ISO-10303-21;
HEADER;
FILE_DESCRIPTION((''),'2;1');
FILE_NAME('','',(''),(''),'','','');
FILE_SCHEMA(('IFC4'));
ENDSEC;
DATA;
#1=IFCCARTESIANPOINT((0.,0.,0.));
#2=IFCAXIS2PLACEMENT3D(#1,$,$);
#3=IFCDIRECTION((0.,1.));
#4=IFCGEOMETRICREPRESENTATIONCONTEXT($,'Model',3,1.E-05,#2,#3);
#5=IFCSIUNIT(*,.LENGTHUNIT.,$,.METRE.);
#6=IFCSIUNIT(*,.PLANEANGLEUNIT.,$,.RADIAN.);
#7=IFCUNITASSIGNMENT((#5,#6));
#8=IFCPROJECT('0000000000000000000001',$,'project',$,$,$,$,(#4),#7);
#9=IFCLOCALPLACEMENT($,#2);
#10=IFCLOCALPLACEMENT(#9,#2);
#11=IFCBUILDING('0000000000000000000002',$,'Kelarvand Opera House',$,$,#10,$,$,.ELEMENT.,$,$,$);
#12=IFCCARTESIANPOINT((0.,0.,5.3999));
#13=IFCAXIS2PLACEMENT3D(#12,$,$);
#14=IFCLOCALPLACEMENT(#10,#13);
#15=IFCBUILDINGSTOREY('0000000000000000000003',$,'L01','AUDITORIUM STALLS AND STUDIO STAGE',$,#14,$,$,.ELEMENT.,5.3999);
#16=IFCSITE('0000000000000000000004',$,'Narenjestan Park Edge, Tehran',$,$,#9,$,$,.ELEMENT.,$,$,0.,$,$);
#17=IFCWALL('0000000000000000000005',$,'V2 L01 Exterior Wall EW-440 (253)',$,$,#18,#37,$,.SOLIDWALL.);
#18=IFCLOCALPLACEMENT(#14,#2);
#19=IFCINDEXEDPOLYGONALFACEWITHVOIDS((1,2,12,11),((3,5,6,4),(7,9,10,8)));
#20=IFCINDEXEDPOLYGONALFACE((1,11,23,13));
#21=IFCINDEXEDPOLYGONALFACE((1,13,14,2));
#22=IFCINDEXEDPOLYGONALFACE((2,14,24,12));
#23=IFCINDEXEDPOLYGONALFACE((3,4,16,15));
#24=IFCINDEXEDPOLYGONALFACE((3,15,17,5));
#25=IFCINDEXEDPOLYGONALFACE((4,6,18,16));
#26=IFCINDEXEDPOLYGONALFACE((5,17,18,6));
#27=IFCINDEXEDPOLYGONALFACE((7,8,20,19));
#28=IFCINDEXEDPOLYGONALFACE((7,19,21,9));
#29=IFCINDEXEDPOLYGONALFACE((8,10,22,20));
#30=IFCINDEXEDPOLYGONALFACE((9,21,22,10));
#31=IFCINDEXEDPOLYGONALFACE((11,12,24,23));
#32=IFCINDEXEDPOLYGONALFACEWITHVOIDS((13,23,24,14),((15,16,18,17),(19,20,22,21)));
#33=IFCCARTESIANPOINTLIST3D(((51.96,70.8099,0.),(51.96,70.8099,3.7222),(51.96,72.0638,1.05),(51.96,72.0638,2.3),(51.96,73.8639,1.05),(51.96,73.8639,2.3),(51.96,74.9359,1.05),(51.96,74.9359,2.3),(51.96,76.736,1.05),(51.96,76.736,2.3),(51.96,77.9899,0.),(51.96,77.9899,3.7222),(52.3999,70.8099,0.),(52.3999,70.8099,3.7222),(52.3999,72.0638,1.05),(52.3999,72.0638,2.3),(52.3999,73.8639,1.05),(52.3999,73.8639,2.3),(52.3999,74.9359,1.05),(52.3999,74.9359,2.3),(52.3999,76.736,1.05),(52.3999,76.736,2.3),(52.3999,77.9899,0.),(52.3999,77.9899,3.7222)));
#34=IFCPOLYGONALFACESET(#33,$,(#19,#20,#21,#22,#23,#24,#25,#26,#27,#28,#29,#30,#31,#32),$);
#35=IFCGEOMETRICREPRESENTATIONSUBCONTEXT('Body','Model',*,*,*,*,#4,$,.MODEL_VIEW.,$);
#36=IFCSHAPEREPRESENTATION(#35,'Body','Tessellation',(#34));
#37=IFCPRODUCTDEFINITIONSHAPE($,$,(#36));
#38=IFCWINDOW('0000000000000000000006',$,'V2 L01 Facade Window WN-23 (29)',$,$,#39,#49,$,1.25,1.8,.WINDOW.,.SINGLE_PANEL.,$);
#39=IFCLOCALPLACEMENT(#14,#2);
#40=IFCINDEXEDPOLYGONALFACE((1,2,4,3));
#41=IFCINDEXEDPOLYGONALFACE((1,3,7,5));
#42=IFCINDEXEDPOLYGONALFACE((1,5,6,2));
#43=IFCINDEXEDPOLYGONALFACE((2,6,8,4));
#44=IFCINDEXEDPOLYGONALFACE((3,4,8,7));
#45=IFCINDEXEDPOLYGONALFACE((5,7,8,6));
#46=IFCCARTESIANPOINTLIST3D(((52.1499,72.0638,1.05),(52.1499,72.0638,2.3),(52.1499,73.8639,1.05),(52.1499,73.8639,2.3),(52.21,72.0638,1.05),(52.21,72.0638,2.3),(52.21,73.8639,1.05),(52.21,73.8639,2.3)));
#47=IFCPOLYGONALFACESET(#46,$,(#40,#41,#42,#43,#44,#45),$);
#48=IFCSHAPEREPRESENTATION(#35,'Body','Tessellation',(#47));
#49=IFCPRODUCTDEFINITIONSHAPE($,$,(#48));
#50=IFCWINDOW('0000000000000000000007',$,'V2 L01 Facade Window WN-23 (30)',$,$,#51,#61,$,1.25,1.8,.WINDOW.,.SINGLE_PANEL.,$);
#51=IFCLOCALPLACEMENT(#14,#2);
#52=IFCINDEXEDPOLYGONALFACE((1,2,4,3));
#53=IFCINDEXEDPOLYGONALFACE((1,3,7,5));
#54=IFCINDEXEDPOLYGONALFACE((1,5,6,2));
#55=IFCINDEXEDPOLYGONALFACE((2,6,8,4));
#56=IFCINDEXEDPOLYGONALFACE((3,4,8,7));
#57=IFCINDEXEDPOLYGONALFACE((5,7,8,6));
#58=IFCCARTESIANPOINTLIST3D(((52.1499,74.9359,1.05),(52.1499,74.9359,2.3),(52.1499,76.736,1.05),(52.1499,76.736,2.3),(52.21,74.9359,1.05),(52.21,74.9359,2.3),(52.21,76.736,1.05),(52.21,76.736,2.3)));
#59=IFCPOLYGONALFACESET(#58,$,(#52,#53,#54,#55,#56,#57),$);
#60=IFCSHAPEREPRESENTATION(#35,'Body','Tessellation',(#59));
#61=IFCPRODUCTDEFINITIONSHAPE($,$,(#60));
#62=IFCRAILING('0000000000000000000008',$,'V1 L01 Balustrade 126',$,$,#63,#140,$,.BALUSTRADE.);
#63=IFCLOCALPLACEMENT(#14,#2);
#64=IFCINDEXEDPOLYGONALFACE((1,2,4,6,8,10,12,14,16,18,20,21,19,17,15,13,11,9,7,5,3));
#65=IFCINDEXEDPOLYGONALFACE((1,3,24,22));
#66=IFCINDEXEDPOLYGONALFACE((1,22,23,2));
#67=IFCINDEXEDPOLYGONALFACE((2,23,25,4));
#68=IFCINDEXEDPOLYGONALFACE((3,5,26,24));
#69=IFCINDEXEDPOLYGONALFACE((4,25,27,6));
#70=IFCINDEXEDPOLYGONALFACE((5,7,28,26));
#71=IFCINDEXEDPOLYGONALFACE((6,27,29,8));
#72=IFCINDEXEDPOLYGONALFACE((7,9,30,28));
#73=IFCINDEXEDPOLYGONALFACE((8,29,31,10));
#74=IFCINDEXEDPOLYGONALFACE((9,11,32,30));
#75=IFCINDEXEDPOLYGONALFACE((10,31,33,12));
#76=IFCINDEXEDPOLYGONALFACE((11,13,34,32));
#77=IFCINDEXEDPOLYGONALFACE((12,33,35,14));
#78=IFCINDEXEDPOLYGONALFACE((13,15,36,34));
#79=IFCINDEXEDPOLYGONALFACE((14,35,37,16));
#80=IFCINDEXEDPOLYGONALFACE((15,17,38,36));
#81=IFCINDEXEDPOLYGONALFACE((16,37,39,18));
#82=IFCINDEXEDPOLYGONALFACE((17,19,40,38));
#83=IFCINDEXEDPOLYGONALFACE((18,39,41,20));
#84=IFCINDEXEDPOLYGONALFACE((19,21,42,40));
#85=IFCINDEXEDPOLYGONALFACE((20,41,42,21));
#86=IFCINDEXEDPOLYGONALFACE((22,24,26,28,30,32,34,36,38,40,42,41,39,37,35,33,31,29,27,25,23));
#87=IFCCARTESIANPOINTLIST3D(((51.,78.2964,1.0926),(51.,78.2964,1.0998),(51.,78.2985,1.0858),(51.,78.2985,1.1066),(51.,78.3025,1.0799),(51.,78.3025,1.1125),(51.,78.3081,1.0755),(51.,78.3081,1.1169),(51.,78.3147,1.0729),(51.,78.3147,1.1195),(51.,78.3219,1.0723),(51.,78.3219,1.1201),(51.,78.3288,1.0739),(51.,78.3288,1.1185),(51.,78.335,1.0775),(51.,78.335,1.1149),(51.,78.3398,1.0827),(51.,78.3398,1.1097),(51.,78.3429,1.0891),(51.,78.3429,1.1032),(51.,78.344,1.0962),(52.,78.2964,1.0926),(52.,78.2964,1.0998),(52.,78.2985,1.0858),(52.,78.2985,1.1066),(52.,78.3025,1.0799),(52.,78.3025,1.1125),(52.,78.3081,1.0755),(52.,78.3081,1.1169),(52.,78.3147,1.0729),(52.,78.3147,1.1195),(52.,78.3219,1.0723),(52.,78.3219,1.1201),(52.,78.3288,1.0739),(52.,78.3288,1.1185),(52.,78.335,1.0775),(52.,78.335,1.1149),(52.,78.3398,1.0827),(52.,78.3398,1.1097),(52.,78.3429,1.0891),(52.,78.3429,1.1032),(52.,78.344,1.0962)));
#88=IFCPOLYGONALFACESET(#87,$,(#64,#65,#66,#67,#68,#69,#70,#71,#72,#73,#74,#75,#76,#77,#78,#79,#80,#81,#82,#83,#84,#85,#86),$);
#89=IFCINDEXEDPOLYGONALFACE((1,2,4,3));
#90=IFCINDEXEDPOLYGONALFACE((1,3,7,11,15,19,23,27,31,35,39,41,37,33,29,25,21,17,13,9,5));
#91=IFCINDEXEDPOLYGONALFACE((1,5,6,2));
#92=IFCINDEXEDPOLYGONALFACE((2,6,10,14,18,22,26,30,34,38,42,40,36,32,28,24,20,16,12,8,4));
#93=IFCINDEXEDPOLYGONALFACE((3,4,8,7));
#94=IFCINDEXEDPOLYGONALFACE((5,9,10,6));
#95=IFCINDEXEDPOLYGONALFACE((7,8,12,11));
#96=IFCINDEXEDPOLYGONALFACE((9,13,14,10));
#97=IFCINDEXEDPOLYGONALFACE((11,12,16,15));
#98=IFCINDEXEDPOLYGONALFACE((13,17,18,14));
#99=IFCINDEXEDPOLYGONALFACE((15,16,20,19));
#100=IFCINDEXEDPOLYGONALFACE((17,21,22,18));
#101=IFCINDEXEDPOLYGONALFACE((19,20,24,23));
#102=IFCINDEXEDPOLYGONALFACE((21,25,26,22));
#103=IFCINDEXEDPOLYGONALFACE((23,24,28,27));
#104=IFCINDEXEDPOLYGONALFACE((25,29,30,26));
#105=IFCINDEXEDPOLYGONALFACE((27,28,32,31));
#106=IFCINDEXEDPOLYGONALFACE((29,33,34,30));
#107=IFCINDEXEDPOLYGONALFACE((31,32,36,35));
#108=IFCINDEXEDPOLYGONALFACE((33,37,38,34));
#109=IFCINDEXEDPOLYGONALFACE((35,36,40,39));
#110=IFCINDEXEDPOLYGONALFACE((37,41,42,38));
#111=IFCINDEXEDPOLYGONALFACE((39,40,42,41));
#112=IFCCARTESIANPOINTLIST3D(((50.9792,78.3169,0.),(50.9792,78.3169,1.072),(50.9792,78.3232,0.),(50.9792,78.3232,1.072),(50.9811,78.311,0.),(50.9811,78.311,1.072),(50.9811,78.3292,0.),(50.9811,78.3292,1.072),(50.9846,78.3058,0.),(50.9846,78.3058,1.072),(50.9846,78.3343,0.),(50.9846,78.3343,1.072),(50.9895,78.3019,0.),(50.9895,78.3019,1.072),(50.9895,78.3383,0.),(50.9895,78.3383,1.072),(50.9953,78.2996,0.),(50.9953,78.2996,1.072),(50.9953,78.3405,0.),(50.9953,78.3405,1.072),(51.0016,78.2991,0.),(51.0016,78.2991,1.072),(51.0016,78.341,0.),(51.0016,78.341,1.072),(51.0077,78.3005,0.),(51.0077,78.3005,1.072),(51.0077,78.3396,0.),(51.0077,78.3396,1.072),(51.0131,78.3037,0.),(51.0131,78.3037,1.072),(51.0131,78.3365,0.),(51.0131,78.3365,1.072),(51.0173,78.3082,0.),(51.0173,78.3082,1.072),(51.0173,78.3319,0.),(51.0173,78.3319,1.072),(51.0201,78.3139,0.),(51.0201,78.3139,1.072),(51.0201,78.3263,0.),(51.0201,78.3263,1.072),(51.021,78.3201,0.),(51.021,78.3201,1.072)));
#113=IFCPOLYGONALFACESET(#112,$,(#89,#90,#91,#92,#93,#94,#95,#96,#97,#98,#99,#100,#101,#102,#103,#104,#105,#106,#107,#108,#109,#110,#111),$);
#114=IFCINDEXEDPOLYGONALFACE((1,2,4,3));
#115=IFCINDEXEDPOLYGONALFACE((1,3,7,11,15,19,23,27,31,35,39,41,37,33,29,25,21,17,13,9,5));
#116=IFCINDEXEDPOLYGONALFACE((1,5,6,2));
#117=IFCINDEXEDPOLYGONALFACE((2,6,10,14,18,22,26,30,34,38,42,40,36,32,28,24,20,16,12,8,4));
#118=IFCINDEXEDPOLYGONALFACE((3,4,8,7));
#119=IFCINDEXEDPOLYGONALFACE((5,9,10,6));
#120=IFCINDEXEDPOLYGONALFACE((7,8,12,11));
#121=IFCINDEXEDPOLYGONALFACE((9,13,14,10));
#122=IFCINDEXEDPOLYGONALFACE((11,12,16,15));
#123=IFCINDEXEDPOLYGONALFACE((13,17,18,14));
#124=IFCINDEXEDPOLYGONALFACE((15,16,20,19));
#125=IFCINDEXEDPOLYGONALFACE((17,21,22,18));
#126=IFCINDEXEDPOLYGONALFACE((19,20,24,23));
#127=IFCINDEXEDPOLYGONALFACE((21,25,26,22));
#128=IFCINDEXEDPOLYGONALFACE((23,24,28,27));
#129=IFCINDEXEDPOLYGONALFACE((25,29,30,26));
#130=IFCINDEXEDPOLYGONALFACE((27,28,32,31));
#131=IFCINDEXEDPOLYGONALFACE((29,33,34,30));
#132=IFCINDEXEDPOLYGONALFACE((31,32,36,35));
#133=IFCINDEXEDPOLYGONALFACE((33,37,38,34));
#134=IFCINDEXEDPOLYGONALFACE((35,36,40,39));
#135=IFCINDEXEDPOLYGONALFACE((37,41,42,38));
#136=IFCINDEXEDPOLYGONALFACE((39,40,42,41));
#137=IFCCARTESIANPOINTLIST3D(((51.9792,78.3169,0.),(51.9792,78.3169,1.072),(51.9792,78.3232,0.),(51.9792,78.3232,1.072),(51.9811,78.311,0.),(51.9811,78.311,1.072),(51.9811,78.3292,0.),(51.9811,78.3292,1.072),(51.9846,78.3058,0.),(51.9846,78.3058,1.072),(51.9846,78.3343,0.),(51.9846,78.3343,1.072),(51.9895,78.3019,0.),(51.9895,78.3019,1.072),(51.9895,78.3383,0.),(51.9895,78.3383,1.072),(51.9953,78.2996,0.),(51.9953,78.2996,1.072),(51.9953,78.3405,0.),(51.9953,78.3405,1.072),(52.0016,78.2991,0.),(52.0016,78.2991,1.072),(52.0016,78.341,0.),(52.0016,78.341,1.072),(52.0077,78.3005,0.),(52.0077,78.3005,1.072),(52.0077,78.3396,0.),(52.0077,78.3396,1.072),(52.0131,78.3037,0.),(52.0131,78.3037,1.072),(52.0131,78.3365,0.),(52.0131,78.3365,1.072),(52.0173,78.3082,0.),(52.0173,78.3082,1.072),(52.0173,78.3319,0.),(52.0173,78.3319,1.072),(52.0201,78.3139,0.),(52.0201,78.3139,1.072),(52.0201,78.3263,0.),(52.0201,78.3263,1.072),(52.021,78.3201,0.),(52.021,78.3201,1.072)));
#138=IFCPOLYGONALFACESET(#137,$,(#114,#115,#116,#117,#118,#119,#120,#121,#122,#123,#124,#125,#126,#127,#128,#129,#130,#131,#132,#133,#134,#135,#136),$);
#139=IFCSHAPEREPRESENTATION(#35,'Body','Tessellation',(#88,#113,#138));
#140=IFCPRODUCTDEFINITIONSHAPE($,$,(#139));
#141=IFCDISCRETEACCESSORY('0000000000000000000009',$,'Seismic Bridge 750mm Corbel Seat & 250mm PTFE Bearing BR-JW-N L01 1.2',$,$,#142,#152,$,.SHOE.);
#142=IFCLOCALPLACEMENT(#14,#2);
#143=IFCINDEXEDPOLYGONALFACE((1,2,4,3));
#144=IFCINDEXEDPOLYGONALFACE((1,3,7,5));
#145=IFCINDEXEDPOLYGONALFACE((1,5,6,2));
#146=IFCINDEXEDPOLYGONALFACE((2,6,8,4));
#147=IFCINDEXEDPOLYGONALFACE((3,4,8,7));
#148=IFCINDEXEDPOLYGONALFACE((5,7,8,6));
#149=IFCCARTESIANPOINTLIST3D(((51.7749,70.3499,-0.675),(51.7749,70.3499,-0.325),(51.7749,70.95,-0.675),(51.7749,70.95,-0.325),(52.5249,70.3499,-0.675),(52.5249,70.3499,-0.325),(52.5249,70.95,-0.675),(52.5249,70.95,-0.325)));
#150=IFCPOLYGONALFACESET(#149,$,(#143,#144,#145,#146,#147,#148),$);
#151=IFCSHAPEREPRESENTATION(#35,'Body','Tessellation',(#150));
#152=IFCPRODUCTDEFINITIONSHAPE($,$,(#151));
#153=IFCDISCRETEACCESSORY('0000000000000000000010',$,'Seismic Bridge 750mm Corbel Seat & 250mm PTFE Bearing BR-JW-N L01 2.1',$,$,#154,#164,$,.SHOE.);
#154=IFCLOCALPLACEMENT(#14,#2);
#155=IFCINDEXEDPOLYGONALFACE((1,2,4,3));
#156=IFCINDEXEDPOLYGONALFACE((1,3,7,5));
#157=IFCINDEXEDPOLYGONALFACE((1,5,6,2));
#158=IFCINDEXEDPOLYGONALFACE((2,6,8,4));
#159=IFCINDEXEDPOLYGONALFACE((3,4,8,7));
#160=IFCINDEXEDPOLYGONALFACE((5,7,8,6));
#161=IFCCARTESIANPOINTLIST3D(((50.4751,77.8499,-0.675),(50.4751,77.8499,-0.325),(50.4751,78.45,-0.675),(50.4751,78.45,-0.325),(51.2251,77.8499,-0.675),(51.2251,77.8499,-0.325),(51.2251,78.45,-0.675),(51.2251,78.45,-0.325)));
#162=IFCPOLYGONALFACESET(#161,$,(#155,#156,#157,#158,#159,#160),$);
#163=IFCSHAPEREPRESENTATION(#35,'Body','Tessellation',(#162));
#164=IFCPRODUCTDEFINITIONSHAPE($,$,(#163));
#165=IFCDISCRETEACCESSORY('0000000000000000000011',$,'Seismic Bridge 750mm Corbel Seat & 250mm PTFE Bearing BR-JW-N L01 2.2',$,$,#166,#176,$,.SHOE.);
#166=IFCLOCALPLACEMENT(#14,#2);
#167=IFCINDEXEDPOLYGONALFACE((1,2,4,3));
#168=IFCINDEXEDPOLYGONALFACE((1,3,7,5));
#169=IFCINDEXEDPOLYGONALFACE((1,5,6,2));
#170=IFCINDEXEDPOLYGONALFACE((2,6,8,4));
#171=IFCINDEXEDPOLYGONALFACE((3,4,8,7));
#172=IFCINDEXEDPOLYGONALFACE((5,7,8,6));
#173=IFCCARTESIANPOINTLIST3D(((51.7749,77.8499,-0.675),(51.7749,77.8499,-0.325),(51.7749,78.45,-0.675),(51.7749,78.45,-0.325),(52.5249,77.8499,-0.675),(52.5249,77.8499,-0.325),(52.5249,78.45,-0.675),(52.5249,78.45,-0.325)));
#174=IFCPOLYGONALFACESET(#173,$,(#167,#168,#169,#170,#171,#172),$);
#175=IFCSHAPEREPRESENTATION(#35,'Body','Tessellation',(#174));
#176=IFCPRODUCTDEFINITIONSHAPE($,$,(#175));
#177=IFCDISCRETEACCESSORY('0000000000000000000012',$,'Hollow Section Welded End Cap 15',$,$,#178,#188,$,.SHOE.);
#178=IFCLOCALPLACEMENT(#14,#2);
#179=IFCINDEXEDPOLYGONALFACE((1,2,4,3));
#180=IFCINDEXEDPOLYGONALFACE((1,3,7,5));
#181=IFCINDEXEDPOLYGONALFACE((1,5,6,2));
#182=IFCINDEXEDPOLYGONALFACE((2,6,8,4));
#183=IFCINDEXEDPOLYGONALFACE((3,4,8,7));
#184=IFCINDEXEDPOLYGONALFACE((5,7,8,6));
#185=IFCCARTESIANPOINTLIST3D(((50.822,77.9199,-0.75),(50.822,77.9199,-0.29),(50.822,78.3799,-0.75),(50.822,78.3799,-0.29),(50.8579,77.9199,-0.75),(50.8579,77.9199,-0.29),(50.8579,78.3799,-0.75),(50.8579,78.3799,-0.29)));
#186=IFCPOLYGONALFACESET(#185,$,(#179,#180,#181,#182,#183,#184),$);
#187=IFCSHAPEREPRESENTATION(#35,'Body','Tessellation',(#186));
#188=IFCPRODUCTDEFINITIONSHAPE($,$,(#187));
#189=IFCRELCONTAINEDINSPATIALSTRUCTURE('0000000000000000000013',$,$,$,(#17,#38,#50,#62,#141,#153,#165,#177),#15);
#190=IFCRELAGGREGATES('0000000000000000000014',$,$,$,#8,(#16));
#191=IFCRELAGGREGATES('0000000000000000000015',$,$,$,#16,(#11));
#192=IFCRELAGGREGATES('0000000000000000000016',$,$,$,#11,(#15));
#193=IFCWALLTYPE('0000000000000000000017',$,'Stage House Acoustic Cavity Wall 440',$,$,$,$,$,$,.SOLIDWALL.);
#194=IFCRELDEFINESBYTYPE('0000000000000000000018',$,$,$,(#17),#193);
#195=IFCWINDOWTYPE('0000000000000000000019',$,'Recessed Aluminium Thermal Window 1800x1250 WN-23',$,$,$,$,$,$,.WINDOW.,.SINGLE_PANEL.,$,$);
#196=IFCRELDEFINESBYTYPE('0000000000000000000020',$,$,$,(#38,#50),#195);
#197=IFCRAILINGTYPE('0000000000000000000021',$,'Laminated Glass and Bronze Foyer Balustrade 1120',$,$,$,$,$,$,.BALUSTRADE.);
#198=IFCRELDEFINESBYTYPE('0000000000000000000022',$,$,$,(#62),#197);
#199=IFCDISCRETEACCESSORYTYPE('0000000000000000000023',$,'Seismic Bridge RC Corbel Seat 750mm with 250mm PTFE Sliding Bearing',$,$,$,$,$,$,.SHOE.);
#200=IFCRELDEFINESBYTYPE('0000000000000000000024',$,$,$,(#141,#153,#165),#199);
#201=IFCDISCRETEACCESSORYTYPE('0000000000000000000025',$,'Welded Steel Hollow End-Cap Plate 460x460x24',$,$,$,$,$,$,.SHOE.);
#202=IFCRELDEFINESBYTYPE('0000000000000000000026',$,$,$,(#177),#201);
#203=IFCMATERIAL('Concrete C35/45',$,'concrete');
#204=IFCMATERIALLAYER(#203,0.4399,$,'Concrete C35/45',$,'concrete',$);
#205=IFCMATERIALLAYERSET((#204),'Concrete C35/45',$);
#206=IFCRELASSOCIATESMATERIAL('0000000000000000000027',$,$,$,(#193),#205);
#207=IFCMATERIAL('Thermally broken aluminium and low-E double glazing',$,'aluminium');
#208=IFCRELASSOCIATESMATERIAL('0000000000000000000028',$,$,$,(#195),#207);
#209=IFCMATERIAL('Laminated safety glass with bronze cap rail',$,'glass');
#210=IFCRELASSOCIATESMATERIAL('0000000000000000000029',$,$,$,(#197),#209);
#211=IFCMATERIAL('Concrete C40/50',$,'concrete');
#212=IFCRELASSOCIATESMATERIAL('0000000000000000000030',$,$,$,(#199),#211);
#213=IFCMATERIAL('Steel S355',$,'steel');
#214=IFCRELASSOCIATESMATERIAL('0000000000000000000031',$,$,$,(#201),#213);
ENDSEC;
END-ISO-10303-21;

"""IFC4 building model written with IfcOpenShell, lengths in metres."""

from ifc_helpers import new_model, si_unit, direction, frame, frame_2d, origin, origin_2d, place, context, subcontext, project, spatial, rectangle, circle, extrude, material, layer, layer_set, material_profile, profile_set, type_object, element, fill, save


model = new_model("IFC4")

# Units and contexts
model_context = context("Model", 3, precision=1e-05, world=origin(), true_north=direction((0.0, 1.0)))
body_context = subcontext(model_context, "Body", "Model", "MODEL_VIEW")
ifc_project = project(units=[si_unit("LENGTHUNIT", "METRE"), si_unit("PLANEANGLEUNIT", "RADIAN")], contexts=[model_context])

# Site, building, storey
site_placement = place(None, origin())
site = spatial("IfcSite", under=ifc_project, at=site_placement, Name="Narenjestan Park Edge, Tehran", CompositionType="ELEMENT", RefElevation=0.0)
building_placement = place(site_placement, origin())
building = spatial("IfcBuilding", under=site, at=building_placement, Name="Kelarvand Opera House", CompositionType="ELEMENT")
storey_placement = place(building_placement, frame((0.0, 0.0, 5.3999)))
storey = spatial("IfcBuildingStorey", under=building, at=storey_placement, Name="L01", Description="AUDITORIUM STALLS AND STUDIO STAGE", CompositionType="ELEMENT", Elevation=5.3999)

# Shared definitions
ifc_material_1 = material(Name="Concrete C40/50", Category="concrete")

# Shared definitions
ifc_material_2 = material(Name="Steel S355", Category="steel")

# Shared definitions
ifc_material_3 = material(Name="Concrete C35/45", Category="concrete")

# Wall, openings, windows
ifc_layer_1 = layer(ifc_material_3, 0.4399, Name="Concrete C35/45", Category="concrete")
ifc_layer_set_1 = layer_set([ifc_layer_1], Name="Concrete C35/45")
wall_type_1 = type_object("IfcWallType", Name="Stage House Acoustic Cavity Wall 440", PredefinedType="SOLIDWALL", material=ifc_layer_set_1)
wall_1_placement = place(storey_placement, frame((52.1799, 70.8101, 0.0), z_axis=(0.0, 0.0, 1.0), x_axis=(0.0, 1.0, 0.0)))
wall_1 = element("IfcWall", 1, at=wall_1_placement, inside=storey, type_object=wall_type_1, Name="V2 L01 Exterior Wall EW-440 (253)", PredefinedType="SOLIDWALL", context=body_context, shape_type="SweptSolid", body=[
    extrude(rectangle(XDim=7.1799, YDim=0.4399, at=frame_2d((3.5898, 0.0))), origin(), (0.0, 0.0, 1.0), 3.7222),
])
opening_1_placement = place(wall_1_placement, frame((1.2539, 0.0, 1.05)))
opening_1 = element("IfcOpeningElement", 2, at=opening_1_placement, cuts=wall_1, PredefinedType="OPENING", context=body_context, shape_type="SweptSolid", body=[
    extrude(rectangle(XDim=1.8, YDim=1.25, at=frame_2d((0.8999, 0.625))), frame((0.0, 0.23, 0.0), z_axis=(0.0, -1.0, 0.0), x_axis=(1.0, 0.0, 0.0)), (0.0, 0.0, 1.0), 0.46),
])
opening_2_placement = place(wall_1_placement, frame((4.126, 0.0, 1.05)))
opening_2 = element("IfcOpeningElement", 3, at=opening_2_placement, cuts=wall_1, PredefinedType="OPENING", context=body_context, shape_type="SweptSolid", body=[
    extrude(rectangle(XDim=1.8, YDim=1.25, at=frame_2d((0.8999, 0.625))), frame((0.0, 0.23, 0.0), z_axis=(0.0, -1.0, 0.0), x_axis=(1.0, 0.0, 0.0)), (0.0, 0.0, 1.0), 0.46),
])
ifc_material_4 = material(Name="Thermally broken aluminium and low-E double glazing", Category="aluminium")
window_type = type_object("IfcWindowType", Name="Recessed Aluminium Thermal Window 1800x1250 WN-23", PartitioningType="SINGLE_PANEL", PredefinedType="WINDOW", material=ifc_material_4)
window_1_placement = place(opening_1_placement, origin())
window_1 = element("IfcWindow", 4, at=window_1_placement, inside=storey, type_object=window_type, Name="V2 L01 Facade Window WN-23 (29)", OverallHeight=1.25, OverallWidth=1.8, PartitioningType="SINGLE_PANEL", PredefinedType="WINDOW", context=body_context, shape_type="SweptSolid", body=[
    extrude(rectangle(XDim=1.8, YDim=1.25, at=frame_2d((0.8999, 0.625))), frame((0.0, 0.03, 0.0), z_axis=(0.0, -1.0, 0.0), x_axis=(1.0, 0.0, 0.0)), (0.0, 0.0, 1.0), 0.0601),
])
fill(opening_1, window_1)
window_2_placement = place(opening_2_placement, origin())
window_2 = element("IfcWindow", 5, at=window_2_placement, inside=storey, type_object=window_type, Name="V2 L01 Facade Window WN-23 (30)", OverallHeight=1.25, OverallWidth=1.8, PartitioningType="SINGLE_PANEL", PredefinedType="WINDOW", context=body_context, shape_type="SweptSolid", body=[
    extrude(rectangle(XDim=1.8, YDim=1.25, at=frame_2d((0.8999, 0.625))), frame((0.0, 0.03, 0.0), z_axis=(0.0, -1.0, 0.0), x_axis=(1.0, 0.0, 0.0)), (0.0, 0.0, 1.0), 0.0601),
])
fill(opening_2, window_2)

# Railing
ifc_material_5 = material(Name="Laminated safety glass with bronze cap rail", Category="glass")
railing_type = type_object("IfcRailingType", Name="Laminated Glass and Bronze Foyer Balustrade 1120", PredefinedType="BALUSTRADE", material=ifc_material_5)
railing_placement = place(storey_placement, frame((51.0, 78.3201, 0.0)))
element("IfcRailing", 6, at=railing_placement, inside=storey, type_object=railing_type, Name="V1 L01 Balustrade 126", PredefinedType="BALUSTRADE", context=body_context, shape_type="SweptSolid", body=[
    extrude(circle(Radius=0.0239, at=origin_2d()), frame((0.0, 0.0, 1.0962), z_axis=(1.0, 0.0, 0.0), x_axis=(0.0, 1.0, 0.0)), (0.0, 0.0, 1.0), 1.0),
    extrude(circle(Radius=0.021, at=origin_2d()), origin(), (0.0, 0.0, 1.0), 1.072),
    extrude(circle(Radius=0.021, at=origin_2d()), frame((1.0, 0.0, 0.0)), (0.0, 0.0, 1.0), 1.072),
])

# Discrete accessories
discrete_accessory_type_1 = type_object("IfcDiscreteAccessoryType", Name="Seismic Bridge RC Corbel Seat 750mm with 250mm PTFE Sliding Bearing", PredefinedType="SHOE", material=ifc_material_1)
for number, where, z_axis, x_axis, name in (
    (7, (52.1499, 70.6499, -0.675), (0.0, 0.0, 1.0), (1.0, 0.0, 0.0), "Seismic Bridge 750mm Corbel Seat & 250mm PTFE Bearing BR-JW-N L01 1.2"),
    (8, (50.8501, 78.1499, -0.675), (0.0, 0.0, 1.0), (1.0, 0.0, 0.0), "Seismic Bridge 750mm Corbel Seat & 250mm PTFE Bearing BR-JW-N L01 2.1"),
    (9, (52.1499, 78.1499, -0.675), (0.0, 0.0, 1.0), (1.0, 0.0, 0.0), "Seismic Bridge 750mm Corbel Seat & 250mm PTFE Bearing BR-JW-N L01 2.2"),
):
    element("IfcDiscreteAccessory", number, at=place(storey_placement, frame(where, z_axis=z_axis, x_axis=x_axis)), inside=storey, type_object=discrete_accessory_type_1, Name=name, PredefinedType="SHOE", context=body_context, shape_type="SweptSolid", body=[
        extrude(rectangle(XDim=0.75, YDim=0.6001, at=origin_2d()), origin(), (0.0, 0.0, 1.0), 0.3501),
    ])
ifc_material_profile_1 = material_profile(ifc_material_2, rectangle(XDim=0.46, YDim=0.46, at=origin_2d()), Name="Welded Steel Hollow End-Cap Plate 460x460x24", Category="steel")
ifc_profile_set_1 = profile_set([ifc_material_profile_1], Name="Steel S355")
discrete_accessory_type_2 = type_object("IfcDiscreteAccessoryType", Name="Welded Steel Hollow End-Cap Plate 460x460x24", PredefinedType="SHOE", material=ifc_profile_set_1)
for number, where, z_axis, x_axis, name in (
    (10, (50.8579, 78.1499, -0.52), (-1.0, 0.0, 0.0), (0.0, -1.0, 0.0), "Hollow Section Welded End Cap 15"),
):
    element("IfcDiscreteAccessory", number, at=place(storey_placement, frame(where, z_axis=z_axis, x_axis=x_axis)), inside=storey, type_object=discrete_accessory_type_2, Name=name, PredefinedType="SHOE", context=body_context, shape_type="SweptSolid", body=[
        extrude(rectangle(XDim=0.46, YDim=0.46, at=origin_2d()), origin(), (0.0, 0.0, 1.0), 0.0359),
    ])

save(model, "model.ifc")
